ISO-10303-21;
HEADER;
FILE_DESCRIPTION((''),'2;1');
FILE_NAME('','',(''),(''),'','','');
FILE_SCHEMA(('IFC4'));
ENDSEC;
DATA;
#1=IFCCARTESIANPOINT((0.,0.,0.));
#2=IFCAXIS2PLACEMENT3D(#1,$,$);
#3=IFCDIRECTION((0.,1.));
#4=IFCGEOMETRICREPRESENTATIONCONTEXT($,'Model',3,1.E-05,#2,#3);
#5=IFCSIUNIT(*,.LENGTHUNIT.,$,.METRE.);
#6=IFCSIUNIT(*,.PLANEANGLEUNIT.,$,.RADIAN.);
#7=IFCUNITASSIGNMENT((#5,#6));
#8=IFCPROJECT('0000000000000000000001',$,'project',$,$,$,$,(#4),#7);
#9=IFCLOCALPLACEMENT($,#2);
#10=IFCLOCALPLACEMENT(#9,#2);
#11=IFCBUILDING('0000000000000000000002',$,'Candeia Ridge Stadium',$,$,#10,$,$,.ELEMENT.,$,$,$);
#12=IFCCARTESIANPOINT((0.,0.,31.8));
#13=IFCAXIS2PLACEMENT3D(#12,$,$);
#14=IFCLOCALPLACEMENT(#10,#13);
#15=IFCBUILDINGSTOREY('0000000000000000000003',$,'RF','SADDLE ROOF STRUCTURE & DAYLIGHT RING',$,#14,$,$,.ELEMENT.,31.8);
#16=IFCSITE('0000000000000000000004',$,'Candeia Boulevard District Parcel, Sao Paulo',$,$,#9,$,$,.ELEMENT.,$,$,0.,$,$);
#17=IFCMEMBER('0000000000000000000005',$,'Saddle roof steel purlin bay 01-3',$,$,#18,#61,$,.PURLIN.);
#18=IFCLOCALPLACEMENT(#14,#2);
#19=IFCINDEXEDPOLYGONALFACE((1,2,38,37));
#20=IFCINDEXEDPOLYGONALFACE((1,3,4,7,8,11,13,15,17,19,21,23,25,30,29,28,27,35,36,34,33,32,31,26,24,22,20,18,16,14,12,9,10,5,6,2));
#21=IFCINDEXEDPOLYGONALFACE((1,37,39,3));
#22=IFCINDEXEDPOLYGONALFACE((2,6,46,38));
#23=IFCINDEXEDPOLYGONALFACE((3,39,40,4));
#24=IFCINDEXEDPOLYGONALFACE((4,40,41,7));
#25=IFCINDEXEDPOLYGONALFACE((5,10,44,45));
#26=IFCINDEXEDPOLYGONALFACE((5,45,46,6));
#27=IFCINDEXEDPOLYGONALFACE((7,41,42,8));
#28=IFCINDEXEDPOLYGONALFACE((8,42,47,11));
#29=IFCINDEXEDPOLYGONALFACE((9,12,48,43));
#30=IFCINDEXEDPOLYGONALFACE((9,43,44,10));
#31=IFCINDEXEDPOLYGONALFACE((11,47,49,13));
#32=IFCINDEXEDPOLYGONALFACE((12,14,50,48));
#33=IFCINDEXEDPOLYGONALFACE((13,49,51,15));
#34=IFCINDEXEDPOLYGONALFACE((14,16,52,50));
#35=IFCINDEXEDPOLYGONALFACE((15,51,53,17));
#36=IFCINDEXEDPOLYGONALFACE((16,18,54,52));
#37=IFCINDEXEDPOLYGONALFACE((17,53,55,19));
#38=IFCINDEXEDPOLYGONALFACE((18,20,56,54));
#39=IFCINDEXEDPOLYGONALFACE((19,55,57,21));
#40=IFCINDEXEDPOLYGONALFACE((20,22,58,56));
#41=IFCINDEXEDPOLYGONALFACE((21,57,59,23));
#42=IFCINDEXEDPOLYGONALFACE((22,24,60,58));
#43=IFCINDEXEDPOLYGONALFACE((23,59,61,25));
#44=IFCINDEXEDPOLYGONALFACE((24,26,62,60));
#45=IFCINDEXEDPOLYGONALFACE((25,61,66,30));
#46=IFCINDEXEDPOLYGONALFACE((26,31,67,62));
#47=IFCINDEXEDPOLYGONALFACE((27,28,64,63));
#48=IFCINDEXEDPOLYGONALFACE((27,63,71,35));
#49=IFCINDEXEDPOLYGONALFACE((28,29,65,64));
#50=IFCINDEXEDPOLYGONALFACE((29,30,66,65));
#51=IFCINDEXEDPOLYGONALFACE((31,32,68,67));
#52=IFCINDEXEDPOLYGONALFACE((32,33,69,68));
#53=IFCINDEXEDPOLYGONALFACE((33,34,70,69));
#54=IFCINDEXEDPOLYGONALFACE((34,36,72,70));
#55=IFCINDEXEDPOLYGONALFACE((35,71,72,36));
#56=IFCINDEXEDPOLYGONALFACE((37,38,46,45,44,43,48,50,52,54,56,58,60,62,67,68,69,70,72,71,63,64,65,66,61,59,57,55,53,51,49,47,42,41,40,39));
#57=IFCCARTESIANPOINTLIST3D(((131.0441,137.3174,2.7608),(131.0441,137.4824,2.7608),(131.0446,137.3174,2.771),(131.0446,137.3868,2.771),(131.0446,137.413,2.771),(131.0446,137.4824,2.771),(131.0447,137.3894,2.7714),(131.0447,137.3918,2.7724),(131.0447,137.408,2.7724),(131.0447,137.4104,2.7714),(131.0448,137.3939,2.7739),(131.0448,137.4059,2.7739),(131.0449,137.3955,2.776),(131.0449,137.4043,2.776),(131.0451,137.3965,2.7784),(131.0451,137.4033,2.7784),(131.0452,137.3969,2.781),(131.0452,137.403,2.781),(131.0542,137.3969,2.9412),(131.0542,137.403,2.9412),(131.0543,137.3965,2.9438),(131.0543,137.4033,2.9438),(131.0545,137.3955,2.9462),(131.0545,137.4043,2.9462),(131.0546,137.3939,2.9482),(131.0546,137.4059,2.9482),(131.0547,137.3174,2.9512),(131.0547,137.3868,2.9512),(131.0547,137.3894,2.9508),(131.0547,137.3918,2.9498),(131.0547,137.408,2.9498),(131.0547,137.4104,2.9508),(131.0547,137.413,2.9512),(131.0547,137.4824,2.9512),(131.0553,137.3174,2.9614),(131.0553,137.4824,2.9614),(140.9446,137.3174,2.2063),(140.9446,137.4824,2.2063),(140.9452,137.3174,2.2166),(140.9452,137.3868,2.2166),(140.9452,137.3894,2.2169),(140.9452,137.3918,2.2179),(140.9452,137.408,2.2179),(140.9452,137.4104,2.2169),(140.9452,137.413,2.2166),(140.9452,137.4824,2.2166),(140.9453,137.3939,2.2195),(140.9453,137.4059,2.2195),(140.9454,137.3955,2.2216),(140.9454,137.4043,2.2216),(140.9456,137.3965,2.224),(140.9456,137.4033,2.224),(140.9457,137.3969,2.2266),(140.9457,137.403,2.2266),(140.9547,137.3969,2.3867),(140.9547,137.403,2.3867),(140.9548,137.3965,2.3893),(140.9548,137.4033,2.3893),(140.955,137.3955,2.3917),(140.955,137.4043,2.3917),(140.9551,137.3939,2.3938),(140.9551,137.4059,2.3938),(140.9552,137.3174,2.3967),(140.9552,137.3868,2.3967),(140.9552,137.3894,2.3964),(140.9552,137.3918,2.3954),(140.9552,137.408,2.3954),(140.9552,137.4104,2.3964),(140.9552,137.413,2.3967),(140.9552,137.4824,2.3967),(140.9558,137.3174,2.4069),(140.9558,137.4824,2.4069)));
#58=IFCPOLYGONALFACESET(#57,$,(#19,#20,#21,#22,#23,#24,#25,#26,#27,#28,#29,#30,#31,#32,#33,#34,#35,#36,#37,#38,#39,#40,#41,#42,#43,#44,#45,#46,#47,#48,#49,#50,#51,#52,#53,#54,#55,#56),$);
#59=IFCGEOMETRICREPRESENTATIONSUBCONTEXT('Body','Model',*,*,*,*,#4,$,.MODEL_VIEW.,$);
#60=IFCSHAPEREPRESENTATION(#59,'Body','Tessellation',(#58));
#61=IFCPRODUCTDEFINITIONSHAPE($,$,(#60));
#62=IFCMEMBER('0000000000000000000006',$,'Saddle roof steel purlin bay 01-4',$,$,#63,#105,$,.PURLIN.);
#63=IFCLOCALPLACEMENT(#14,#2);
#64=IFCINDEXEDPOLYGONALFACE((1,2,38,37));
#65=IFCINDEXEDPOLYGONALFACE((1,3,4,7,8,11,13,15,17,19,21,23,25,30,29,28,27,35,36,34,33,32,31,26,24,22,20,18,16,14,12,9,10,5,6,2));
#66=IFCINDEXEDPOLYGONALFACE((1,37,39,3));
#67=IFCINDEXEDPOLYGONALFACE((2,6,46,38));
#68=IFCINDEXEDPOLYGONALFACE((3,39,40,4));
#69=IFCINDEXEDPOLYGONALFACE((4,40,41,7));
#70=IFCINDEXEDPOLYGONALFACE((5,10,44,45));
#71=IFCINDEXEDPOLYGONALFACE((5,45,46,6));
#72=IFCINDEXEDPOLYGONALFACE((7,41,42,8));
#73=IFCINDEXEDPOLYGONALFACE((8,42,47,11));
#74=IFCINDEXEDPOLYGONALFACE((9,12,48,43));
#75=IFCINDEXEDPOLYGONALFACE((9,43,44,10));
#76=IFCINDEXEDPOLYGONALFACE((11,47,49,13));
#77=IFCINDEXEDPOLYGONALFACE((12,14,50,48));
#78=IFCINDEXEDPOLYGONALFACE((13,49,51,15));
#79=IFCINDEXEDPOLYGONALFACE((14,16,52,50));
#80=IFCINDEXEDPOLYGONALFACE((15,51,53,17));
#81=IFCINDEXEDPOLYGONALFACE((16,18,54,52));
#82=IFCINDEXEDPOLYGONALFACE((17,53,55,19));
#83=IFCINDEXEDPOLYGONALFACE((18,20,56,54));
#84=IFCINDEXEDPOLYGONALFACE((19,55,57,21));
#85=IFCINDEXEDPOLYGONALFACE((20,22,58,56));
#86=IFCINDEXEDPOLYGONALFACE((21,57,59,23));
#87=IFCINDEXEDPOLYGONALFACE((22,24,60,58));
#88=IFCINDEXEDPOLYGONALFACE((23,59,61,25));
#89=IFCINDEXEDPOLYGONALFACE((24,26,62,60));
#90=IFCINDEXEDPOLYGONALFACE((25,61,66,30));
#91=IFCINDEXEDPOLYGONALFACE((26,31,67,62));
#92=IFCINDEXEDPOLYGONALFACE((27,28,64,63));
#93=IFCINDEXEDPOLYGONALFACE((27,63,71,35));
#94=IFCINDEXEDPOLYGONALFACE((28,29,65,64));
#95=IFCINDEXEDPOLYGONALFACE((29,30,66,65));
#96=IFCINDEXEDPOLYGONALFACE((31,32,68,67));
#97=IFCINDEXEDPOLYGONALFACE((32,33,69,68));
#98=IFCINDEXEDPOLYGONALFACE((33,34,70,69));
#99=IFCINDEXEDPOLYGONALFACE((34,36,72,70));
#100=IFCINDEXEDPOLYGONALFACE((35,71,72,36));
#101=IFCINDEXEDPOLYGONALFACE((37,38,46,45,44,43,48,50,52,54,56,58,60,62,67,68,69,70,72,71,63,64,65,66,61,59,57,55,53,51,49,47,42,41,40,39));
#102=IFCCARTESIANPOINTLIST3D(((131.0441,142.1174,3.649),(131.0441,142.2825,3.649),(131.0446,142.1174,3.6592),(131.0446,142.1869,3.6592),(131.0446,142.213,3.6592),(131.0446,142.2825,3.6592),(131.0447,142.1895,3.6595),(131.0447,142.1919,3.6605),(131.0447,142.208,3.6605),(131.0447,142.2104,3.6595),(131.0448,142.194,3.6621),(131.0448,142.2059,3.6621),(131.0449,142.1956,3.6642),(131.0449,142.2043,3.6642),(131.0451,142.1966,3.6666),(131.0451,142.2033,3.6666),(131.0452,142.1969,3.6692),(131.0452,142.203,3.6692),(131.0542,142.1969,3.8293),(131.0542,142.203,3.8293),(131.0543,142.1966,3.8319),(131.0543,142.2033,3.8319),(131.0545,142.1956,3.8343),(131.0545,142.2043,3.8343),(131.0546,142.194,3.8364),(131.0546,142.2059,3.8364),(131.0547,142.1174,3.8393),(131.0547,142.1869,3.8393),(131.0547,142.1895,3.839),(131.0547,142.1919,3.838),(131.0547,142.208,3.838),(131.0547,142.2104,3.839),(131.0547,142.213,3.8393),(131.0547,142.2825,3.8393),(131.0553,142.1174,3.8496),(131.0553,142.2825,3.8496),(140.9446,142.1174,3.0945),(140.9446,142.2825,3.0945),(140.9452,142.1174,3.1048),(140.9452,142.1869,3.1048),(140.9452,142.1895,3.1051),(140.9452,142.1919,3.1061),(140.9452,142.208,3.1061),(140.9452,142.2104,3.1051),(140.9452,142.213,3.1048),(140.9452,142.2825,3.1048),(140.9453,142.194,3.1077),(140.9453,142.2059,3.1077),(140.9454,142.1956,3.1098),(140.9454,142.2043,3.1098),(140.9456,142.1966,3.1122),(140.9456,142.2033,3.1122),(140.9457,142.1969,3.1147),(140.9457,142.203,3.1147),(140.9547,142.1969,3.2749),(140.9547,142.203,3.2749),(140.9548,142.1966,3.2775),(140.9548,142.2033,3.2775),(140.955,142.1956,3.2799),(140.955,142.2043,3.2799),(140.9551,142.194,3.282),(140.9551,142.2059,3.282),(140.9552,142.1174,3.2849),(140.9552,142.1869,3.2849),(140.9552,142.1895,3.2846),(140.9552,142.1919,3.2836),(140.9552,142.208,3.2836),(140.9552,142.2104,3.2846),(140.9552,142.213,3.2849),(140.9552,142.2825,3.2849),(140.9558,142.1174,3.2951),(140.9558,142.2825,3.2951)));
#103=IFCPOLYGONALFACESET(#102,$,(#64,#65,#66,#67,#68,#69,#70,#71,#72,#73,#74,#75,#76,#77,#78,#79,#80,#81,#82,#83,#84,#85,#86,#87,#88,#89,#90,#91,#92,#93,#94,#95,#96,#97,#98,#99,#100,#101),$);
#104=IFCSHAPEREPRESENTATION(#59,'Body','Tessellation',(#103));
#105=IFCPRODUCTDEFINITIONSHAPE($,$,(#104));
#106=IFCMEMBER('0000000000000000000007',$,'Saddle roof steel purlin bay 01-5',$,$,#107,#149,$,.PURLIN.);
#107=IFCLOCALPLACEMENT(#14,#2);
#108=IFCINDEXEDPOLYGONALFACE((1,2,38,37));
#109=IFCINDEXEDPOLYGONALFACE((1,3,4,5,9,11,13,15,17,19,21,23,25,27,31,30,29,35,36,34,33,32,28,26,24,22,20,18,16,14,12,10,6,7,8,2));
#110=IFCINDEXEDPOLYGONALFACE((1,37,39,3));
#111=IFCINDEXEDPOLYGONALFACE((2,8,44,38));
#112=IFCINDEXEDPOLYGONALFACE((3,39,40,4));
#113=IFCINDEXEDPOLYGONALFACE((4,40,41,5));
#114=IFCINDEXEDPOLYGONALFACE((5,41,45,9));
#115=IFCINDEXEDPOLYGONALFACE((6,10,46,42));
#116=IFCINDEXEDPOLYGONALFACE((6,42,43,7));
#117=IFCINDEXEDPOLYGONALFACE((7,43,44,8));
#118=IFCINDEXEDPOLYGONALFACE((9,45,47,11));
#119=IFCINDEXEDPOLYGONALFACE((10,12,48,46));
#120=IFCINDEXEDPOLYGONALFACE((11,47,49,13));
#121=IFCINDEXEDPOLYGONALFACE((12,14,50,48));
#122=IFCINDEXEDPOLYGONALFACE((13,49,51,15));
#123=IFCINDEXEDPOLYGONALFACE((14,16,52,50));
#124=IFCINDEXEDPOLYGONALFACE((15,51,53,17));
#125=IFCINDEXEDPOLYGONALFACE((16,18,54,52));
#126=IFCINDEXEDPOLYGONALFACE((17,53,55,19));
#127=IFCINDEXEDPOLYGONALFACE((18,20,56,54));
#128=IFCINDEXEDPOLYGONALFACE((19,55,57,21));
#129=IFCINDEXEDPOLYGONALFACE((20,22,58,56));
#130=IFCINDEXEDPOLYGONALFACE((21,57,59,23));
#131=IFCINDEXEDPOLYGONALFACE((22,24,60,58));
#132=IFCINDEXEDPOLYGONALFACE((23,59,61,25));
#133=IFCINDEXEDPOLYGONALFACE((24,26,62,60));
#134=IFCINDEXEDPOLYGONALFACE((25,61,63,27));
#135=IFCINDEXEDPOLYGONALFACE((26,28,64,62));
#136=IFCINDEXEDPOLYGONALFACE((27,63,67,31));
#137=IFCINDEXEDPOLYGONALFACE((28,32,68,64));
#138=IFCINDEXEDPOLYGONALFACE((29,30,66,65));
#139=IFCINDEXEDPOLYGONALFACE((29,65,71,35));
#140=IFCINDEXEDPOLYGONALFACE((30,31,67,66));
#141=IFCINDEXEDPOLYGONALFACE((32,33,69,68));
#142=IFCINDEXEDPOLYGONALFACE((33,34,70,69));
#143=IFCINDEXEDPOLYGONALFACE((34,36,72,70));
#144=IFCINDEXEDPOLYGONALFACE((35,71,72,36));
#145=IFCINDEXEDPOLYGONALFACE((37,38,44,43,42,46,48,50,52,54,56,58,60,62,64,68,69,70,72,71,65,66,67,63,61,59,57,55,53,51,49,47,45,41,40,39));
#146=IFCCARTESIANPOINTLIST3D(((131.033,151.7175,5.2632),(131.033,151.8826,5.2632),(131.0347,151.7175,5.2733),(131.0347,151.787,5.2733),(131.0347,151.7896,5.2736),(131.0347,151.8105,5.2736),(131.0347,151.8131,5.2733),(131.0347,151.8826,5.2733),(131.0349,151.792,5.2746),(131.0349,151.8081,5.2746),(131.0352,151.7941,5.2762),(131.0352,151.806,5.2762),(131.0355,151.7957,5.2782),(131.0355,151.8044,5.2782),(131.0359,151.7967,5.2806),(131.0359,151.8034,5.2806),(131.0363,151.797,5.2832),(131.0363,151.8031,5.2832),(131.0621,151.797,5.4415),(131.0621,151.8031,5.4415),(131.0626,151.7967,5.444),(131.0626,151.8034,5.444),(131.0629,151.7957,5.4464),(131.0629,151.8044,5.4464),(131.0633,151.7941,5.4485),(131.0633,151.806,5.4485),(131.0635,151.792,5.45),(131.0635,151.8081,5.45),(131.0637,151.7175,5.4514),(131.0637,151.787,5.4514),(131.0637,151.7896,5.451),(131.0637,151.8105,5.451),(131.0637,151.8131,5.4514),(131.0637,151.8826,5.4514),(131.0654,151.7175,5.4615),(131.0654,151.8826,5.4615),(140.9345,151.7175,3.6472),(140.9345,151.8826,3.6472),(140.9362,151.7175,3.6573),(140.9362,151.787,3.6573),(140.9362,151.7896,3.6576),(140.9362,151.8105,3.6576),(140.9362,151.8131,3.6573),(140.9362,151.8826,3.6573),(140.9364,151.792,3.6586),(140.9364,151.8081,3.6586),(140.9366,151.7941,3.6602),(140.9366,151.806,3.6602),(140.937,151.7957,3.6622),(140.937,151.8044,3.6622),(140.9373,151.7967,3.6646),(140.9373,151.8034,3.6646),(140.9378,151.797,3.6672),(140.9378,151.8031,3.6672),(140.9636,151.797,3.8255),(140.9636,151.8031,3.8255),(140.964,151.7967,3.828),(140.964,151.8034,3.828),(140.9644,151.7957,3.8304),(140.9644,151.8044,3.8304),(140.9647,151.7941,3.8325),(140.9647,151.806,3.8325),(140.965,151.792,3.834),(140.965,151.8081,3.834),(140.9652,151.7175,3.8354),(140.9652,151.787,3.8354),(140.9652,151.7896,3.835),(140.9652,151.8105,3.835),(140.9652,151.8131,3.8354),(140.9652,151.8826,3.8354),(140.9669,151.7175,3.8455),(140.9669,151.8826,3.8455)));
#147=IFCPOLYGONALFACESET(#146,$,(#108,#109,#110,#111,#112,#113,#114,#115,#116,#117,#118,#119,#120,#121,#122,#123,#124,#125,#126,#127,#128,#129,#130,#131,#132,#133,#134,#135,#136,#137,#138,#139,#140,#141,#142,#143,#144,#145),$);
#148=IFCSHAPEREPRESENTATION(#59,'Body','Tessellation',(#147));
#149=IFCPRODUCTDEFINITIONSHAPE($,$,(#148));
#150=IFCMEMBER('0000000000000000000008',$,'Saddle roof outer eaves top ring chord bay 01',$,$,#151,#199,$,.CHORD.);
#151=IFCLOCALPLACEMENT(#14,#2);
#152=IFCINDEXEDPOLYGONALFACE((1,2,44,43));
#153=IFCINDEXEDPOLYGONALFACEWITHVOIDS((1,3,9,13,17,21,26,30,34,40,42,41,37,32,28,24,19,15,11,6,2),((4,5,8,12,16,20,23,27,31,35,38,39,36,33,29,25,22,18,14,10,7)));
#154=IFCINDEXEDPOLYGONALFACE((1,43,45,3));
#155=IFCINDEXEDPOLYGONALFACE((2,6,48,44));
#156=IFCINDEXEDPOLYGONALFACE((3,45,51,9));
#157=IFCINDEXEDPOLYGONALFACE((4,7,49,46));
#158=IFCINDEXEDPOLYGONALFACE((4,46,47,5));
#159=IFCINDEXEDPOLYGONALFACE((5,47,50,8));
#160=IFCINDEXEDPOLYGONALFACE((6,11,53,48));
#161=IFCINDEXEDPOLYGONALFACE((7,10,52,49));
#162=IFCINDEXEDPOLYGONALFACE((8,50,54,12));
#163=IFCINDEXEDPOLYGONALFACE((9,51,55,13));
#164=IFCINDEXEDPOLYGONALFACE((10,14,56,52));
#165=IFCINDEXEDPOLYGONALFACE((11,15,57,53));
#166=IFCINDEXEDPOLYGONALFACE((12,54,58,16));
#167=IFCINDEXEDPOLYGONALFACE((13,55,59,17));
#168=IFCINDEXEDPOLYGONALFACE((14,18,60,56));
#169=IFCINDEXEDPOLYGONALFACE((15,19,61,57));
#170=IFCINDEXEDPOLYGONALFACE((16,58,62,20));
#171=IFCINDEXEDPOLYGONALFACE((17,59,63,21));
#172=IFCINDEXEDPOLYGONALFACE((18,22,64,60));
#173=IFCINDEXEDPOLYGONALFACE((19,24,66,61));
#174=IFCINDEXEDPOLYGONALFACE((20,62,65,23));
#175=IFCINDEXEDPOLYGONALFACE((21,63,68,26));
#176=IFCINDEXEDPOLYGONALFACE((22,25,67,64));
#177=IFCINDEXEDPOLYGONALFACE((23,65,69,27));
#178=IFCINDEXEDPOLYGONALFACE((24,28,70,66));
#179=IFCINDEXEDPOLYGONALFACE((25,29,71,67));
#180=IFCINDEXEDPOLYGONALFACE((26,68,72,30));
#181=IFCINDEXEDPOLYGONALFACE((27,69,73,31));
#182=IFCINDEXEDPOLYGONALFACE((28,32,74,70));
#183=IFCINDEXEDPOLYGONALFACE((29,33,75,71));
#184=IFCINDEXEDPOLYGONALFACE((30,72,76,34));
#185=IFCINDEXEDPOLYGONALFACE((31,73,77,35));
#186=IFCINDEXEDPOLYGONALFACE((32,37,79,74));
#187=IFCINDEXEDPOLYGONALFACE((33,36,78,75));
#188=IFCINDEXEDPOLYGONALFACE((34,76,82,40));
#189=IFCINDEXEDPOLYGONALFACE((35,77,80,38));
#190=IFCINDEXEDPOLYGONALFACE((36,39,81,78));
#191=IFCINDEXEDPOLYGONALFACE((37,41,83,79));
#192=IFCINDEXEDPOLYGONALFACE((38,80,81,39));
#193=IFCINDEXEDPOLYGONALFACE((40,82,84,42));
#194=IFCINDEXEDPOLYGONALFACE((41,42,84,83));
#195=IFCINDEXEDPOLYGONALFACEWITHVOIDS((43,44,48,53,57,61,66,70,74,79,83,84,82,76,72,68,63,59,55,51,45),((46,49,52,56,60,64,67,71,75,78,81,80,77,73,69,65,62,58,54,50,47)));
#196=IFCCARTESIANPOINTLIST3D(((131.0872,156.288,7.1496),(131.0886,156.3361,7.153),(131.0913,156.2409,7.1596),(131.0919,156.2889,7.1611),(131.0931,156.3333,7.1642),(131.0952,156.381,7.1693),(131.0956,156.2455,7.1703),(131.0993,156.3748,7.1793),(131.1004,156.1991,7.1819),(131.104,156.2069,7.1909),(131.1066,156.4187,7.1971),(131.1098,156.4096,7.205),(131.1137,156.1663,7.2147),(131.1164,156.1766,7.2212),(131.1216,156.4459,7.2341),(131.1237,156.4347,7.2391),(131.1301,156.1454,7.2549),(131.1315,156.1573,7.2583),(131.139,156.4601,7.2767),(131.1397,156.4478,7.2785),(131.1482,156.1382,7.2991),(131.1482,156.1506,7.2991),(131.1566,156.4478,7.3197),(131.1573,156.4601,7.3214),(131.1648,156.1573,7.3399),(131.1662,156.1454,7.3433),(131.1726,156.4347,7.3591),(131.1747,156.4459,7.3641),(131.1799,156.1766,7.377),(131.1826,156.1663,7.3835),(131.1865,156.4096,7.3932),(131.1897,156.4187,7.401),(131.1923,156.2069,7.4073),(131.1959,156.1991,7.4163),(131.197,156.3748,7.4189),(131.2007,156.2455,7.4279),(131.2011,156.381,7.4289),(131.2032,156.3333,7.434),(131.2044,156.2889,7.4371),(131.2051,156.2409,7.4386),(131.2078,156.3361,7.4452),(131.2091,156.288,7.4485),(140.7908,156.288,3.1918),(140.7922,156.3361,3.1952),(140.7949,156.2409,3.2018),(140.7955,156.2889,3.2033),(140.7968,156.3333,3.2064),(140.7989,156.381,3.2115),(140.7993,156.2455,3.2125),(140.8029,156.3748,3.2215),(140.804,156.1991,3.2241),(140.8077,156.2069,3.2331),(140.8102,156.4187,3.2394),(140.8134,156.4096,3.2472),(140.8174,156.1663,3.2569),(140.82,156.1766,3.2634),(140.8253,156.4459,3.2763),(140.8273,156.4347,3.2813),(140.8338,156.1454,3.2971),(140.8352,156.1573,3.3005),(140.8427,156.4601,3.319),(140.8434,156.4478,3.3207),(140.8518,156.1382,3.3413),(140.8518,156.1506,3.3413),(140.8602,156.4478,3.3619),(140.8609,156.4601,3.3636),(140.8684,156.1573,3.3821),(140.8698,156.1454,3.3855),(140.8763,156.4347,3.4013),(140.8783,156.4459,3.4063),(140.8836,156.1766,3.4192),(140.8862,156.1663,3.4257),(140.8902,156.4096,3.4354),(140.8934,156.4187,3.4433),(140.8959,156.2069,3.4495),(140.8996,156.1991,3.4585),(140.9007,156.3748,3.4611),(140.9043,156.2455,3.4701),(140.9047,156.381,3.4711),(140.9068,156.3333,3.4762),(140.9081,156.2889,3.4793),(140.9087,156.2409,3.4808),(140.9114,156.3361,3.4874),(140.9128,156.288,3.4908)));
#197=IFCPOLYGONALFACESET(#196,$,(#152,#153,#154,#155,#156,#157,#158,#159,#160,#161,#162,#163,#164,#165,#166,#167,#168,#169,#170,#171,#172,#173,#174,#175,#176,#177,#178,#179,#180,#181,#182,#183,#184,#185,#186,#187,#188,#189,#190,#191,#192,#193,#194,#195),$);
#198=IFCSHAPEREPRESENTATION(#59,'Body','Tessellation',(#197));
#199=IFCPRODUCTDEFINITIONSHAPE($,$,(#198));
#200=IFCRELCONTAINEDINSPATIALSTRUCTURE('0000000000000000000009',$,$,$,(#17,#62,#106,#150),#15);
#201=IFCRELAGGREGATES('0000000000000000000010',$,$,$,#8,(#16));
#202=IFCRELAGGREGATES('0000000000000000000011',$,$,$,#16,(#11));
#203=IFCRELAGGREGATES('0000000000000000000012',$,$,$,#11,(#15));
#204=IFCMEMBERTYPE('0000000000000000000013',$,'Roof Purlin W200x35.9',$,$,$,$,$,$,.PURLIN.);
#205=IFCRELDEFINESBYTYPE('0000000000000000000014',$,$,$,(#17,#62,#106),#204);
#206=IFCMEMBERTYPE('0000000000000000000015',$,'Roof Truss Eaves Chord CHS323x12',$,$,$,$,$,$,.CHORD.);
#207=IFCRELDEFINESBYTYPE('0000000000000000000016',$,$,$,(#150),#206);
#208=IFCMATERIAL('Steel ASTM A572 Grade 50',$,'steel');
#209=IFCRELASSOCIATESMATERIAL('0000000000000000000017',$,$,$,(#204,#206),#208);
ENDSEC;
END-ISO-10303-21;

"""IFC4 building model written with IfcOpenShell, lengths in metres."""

from ifc_helpers import new_model, si_unit, direction, frame, origin, origin_2d, place, context, subcontext, project, spatial, hollow_circle, i_section, extrude, material, material_profile, profile_set, type_object, element, save


model = new_model("IFC4")

# Units and contexts
model_context = context("Model", 3, precision=1e-05, world=origin(), true_north=direction((0.0, 1.0)))
body_context = subcontext(model_context, "Body", "Model", "MODEL_VIEW")
ifc_project = project(units=[si_unit("LENGTHUNIT", "METRE"), si_unit("PLANEANGLEUNIT", "RADIAN")], contexts=[model_context])

# Site, building, storey
site_placement = place(None, origin())
site = spatial("IfcSite", under=ifc_project, at=site_placement, Name="Candeia Boulevard District Parcel, Sao Paulo", CompositionType="ELEMENT", RefElevation=0.0)
building_placement = place(site_placement, origin())
building = spatial("IfcBuilding", under=site, at=building_placement, Name="Candeia Ridge Stadium", CompositionType="ELEMENT")
storey_placement = place(building_placement, frame((0.0, 0.0, 31.8)))
storey = spatial("IfcBuildingStorey", under=building, at=storey_placement, Name="RF", Description="SADDLE ROOF STRUCTURE & DAYLIGHT RING", CompositionType="ELEMENT", Elevation=31.8)

# Shared definitions
ifc_material_1 = material(Name="Steel ASTM A572 Grade 50", Category="steel")

# Members
ifc_material_profile_1 = material_profile(ifc_material_1, i_section(OverallWidth=0.165, OverallDepth=0.2009, WebThickness=0.0061, FlangeThickness=0.0103, FilletRadius=0.01, at=origin_2d()), Name="W200x35.9", Category="steel")
ifc_profile_set_1 = profile_set([ifc_material_profile_1], Name="Steel ASTM A572 Grade 50")
member_type_1 = type_object("IfcMemberType", Name="Roof Purlin W200x35.9", PredefinedType="PURLIN", material=ifc_profile_set_1)
for number, where, z_axis, x_axis, name in (
    (1, (140.9502, 137.3999, 2.3066), (-0.998436, 0.0, 0.055915), (0.0, -1.0, 0.0), "Saddle roof steel purlin bay 01-3"),
    (2, (140.9502, 142.2, 3.1948), (-0.998436, 0.0, 0.055915), (0.0, -1.0, 0.0), "Saddle roof steel purlin bay 01-4"),
):
    element("IfcMember", number, at=place(storey_placement, frame(where, z_axis=z_axis, x_axis=x_axis)), inside=storey, type_object=member_type_1, Name=name, PredefinedType="PURLIN", context=body_context, shape_type="SweptSolid", body=[
        extrude(i_section(OverallWidth=0.165, OverallDepth=0.2009, WebThickness=0.0061, FlangeThickness=0.0103, FilletRadius=0.01, at=origin_2d()), origin(), (0.0, 0.0, 1.0), 9.916),
    ])
member_1_placement = place(storey_placement, frame((140.9507, 151.8, 3.7463), z_axis=(-0.986942, 0.0, 0.161075), x_axis=(0.0, -1.0, 0.0)))
element("IfcMember", 3, at=member_1_placement, inside=storey, type_object=member_type_1, Name="Saddle roof steel purlin bay 01-5", PredefinedType="PURLIN", context=body_context, shape_type="SweptSolid", body=[
    extrude(i_section(OverallWidth=0.165, OverallDepth=0.2009, WebThickness=0.0061, FlangeThickness=0.0103, FilletRadius=0.01, at=origin_2d()), origin(), (0.0, 0.0, 1.0), 10.0325),
])
ifc_material_profile_2 = material_profile(ifc_material_1, hollow_circle(Radius=0.1619, WallThickness=0.0125, at=origin_2d()), Name="CHS323x12", Category="steel")
ifc_profile_set_2 = profile_set([ifc_material_profile_2], Name="Steel ASTM A572 Grade 50")
member_type_2 = type_object("IfcMemberType", Name="Roof Truss Eaves Chord CHS323x12", PredefinedType="CHORD", material=ifc_profile_set_2)
for number, where, z_axis, x_axis, name in (
    (4, (140.8518, 156.3, 3.3413), (-0.925944, 0.0, 0.37766), (0.0, -1.0, 0.0), "Saddle roof outer eaves top ring chord bay 01"),
):
    element("IfcMember", number, at=place(storey_placement, frame(where, z_axis=z_axis, x_axis=x_axis)), inside=storey, type_object=member_type_2, Name=name, PredefinedType="CHORD", context=body_context, shape_type="SweptSolid", body=[
        extrude(hollow_circle(Radius=0.1619, WallThickness=0.0125, at=origin_2d()), origin(), (0.0, 0.0, 1.0), 10.4797),
    ])

save(model, "model.ifc")
